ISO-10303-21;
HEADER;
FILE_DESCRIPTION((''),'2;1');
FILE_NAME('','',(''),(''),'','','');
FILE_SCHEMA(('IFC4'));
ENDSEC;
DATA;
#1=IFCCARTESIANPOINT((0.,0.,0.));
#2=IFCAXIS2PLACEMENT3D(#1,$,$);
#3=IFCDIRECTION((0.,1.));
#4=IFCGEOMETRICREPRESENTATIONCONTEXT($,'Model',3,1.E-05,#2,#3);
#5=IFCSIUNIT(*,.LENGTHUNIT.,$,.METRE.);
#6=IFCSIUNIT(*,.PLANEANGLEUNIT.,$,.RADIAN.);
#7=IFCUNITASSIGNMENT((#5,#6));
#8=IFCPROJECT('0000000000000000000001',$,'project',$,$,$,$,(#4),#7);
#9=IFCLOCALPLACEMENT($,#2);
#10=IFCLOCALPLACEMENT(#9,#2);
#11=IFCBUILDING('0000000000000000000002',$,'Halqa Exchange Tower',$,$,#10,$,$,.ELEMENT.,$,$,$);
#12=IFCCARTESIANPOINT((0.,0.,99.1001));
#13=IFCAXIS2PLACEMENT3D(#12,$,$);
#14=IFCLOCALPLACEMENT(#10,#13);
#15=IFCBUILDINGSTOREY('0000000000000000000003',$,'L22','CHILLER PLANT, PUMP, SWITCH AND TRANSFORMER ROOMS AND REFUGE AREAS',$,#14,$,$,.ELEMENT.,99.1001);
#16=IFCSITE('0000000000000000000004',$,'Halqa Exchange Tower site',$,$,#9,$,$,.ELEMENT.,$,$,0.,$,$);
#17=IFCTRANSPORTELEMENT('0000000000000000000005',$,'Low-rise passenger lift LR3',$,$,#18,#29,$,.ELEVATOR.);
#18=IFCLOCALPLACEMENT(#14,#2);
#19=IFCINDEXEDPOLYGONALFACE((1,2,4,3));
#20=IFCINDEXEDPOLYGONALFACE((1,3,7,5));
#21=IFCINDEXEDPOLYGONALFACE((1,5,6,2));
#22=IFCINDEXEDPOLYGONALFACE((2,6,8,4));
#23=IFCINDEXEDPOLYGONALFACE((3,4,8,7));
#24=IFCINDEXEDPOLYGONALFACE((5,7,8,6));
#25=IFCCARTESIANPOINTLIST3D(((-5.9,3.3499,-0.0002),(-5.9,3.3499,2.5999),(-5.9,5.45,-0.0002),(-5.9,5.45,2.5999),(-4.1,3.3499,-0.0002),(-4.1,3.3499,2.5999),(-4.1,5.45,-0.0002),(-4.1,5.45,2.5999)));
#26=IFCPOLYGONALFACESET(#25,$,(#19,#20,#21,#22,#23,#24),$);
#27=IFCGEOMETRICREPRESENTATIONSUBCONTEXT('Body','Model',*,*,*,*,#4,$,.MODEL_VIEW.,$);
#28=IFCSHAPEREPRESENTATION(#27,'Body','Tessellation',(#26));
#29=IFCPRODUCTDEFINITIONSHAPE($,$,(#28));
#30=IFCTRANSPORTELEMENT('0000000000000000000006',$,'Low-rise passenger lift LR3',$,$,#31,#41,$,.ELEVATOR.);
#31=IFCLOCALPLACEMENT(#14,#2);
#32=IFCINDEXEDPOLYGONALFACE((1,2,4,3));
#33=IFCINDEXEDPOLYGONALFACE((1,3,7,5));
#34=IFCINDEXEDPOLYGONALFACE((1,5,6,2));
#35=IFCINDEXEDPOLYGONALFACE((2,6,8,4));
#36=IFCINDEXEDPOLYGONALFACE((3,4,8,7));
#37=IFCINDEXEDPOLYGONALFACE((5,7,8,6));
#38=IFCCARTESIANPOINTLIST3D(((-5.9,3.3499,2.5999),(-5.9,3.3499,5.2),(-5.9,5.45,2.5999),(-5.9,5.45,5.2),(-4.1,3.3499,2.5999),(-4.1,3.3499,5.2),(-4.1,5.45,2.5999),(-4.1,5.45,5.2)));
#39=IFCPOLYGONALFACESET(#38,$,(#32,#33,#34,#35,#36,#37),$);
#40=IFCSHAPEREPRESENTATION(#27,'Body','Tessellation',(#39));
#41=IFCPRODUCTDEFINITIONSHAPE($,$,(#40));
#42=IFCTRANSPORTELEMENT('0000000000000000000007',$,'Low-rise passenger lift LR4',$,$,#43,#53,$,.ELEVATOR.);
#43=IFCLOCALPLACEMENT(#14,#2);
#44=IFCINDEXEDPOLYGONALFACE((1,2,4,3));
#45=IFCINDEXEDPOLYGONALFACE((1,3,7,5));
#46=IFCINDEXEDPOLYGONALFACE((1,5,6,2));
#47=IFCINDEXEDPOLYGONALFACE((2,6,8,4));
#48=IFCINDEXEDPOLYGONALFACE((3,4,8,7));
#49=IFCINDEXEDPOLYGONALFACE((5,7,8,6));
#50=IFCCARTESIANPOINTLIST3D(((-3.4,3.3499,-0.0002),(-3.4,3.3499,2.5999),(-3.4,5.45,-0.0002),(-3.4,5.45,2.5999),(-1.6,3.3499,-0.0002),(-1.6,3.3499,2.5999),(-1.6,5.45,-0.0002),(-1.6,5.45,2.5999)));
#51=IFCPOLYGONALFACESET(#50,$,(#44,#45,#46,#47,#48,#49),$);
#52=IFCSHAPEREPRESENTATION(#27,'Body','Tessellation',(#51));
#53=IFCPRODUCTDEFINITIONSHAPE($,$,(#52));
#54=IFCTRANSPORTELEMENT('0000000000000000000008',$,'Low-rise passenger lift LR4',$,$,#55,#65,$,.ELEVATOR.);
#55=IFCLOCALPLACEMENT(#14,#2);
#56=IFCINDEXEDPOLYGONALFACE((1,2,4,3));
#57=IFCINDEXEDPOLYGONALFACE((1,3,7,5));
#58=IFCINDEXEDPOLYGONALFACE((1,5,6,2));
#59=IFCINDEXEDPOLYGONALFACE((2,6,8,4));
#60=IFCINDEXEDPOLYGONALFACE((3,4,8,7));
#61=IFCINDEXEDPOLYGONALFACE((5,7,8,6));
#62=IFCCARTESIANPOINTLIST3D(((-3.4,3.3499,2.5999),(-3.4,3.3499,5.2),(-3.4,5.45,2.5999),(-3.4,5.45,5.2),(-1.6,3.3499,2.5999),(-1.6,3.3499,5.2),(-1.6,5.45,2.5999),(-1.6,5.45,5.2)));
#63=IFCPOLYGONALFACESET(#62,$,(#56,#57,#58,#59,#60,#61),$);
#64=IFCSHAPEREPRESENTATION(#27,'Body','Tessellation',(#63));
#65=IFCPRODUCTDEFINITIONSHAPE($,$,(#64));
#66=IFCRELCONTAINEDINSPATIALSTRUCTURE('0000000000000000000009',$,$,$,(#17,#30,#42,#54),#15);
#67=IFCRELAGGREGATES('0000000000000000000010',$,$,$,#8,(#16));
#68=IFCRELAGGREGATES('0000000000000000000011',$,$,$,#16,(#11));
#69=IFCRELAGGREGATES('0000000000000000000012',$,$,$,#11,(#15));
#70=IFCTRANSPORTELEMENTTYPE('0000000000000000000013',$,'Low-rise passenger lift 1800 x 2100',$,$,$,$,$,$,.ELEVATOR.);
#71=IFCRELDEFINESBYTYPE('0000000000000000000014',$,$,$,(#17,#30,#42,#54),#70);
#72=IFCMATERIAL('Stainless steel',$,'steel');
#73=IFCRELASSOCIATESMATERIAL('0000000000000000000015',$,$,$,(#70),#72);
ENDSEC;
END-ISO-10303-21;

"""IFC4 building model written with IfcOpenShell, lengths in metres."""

from ifc_helpers import new_model, si_unit, direction, frame, origin, origin_2d, place, context, subcontext, project, spatial, rectangle, extrude, material, type_object, element, save


model = new_model("IFC4")

# Units and contexts
model_context = context("Model", 3, precision=1e-05, world=origin(), true_north=direction((0.0, 1.0)))
body_context = subcontext(model_context, "Body", "Model", "MODEL_VIEW")
ifc_project = project(units=[si_unit("LENGTHUNIT", "METRE"), si_unit("PLANEANGLEUNIT", "RADIAN")], contexts=[model_context])

# Site, building, storey
site_placement = place(None, origin())
site = spatial("IfcSite", under=ifc_project, at=site_placement, Name="Halqa Exchange Tower site", CompositionType="ELEMENT", RefElevation=0.0)
building_placement = place(site_placement, origin())
building = spatial("IfcBuilding", under=site, at=building_placement, Name="Halqa Exchange Tower", CompositionType="ELEMENT")
storey_placement = place(building_placement, frame((0.0, 0.0, 99.1001)))
storey = spatial("IfcBuildingStorey", under=building, at=storey_placement, Name="L22", Description="CHILLER PLANT, PUMP, SWITCH AND TRANSFORMER ROOMS AND REFUGE AREAS", CompositionType="ELEMENT", Elevation=99.1001)

# Shared definitions
ifc_material_1 = material(Name="Stainless steel", Category="steel")

# Transport elements
transport_element_type = type_object("IfcTransportElementType", Name="Low-rise passenger lift 1800 x 2100", PredefinedType="ELEVATOR", material=ifc_material_1)
for number, where, z_axis, x_axis, name in (
    (1, (-5.0, 4.3999, -0.0002), (0.0, 0.0, 1.0), (1.0, 0.0, 0.0), "Low-rise passenger lift LR3"),
    (2, (-5.0, 4.3999, 2.5999), (0.0, 0.0, 1.0), (1.0, 0.0, 0.0), "Low-rise passenger lift LR3"),
    (3, (-2.5, 4.3999, -0.0002), (0.0, 0.0, 1.0), (1.0, 0.0, 0.0), "Low-rise passenger lift LR4"),
    (4, (-2.5, 4.3999, 2.5999), (0.0, 0.0, 1.0), (1.0, 0.0, 0.0), "Low-rise passenger lift LR4"),
):
    element("IfcTransportElement", number, at=place(storey_placement, frame(where, z_axis=z_axis, x_axis=x_axis)), inside=storey, type_object=transport_element_type, Name=name, PredefinedType="ELEVATOR", context=body_context, shape_type="SweptSolid", body=[
        extrude(rectangle(XDim=1.8, YDim=2.1001, at=origin_2d()), origin(), (0.0, 0.0, 1.0), 2.6001),
    ])

save(model, "model.ifc")
